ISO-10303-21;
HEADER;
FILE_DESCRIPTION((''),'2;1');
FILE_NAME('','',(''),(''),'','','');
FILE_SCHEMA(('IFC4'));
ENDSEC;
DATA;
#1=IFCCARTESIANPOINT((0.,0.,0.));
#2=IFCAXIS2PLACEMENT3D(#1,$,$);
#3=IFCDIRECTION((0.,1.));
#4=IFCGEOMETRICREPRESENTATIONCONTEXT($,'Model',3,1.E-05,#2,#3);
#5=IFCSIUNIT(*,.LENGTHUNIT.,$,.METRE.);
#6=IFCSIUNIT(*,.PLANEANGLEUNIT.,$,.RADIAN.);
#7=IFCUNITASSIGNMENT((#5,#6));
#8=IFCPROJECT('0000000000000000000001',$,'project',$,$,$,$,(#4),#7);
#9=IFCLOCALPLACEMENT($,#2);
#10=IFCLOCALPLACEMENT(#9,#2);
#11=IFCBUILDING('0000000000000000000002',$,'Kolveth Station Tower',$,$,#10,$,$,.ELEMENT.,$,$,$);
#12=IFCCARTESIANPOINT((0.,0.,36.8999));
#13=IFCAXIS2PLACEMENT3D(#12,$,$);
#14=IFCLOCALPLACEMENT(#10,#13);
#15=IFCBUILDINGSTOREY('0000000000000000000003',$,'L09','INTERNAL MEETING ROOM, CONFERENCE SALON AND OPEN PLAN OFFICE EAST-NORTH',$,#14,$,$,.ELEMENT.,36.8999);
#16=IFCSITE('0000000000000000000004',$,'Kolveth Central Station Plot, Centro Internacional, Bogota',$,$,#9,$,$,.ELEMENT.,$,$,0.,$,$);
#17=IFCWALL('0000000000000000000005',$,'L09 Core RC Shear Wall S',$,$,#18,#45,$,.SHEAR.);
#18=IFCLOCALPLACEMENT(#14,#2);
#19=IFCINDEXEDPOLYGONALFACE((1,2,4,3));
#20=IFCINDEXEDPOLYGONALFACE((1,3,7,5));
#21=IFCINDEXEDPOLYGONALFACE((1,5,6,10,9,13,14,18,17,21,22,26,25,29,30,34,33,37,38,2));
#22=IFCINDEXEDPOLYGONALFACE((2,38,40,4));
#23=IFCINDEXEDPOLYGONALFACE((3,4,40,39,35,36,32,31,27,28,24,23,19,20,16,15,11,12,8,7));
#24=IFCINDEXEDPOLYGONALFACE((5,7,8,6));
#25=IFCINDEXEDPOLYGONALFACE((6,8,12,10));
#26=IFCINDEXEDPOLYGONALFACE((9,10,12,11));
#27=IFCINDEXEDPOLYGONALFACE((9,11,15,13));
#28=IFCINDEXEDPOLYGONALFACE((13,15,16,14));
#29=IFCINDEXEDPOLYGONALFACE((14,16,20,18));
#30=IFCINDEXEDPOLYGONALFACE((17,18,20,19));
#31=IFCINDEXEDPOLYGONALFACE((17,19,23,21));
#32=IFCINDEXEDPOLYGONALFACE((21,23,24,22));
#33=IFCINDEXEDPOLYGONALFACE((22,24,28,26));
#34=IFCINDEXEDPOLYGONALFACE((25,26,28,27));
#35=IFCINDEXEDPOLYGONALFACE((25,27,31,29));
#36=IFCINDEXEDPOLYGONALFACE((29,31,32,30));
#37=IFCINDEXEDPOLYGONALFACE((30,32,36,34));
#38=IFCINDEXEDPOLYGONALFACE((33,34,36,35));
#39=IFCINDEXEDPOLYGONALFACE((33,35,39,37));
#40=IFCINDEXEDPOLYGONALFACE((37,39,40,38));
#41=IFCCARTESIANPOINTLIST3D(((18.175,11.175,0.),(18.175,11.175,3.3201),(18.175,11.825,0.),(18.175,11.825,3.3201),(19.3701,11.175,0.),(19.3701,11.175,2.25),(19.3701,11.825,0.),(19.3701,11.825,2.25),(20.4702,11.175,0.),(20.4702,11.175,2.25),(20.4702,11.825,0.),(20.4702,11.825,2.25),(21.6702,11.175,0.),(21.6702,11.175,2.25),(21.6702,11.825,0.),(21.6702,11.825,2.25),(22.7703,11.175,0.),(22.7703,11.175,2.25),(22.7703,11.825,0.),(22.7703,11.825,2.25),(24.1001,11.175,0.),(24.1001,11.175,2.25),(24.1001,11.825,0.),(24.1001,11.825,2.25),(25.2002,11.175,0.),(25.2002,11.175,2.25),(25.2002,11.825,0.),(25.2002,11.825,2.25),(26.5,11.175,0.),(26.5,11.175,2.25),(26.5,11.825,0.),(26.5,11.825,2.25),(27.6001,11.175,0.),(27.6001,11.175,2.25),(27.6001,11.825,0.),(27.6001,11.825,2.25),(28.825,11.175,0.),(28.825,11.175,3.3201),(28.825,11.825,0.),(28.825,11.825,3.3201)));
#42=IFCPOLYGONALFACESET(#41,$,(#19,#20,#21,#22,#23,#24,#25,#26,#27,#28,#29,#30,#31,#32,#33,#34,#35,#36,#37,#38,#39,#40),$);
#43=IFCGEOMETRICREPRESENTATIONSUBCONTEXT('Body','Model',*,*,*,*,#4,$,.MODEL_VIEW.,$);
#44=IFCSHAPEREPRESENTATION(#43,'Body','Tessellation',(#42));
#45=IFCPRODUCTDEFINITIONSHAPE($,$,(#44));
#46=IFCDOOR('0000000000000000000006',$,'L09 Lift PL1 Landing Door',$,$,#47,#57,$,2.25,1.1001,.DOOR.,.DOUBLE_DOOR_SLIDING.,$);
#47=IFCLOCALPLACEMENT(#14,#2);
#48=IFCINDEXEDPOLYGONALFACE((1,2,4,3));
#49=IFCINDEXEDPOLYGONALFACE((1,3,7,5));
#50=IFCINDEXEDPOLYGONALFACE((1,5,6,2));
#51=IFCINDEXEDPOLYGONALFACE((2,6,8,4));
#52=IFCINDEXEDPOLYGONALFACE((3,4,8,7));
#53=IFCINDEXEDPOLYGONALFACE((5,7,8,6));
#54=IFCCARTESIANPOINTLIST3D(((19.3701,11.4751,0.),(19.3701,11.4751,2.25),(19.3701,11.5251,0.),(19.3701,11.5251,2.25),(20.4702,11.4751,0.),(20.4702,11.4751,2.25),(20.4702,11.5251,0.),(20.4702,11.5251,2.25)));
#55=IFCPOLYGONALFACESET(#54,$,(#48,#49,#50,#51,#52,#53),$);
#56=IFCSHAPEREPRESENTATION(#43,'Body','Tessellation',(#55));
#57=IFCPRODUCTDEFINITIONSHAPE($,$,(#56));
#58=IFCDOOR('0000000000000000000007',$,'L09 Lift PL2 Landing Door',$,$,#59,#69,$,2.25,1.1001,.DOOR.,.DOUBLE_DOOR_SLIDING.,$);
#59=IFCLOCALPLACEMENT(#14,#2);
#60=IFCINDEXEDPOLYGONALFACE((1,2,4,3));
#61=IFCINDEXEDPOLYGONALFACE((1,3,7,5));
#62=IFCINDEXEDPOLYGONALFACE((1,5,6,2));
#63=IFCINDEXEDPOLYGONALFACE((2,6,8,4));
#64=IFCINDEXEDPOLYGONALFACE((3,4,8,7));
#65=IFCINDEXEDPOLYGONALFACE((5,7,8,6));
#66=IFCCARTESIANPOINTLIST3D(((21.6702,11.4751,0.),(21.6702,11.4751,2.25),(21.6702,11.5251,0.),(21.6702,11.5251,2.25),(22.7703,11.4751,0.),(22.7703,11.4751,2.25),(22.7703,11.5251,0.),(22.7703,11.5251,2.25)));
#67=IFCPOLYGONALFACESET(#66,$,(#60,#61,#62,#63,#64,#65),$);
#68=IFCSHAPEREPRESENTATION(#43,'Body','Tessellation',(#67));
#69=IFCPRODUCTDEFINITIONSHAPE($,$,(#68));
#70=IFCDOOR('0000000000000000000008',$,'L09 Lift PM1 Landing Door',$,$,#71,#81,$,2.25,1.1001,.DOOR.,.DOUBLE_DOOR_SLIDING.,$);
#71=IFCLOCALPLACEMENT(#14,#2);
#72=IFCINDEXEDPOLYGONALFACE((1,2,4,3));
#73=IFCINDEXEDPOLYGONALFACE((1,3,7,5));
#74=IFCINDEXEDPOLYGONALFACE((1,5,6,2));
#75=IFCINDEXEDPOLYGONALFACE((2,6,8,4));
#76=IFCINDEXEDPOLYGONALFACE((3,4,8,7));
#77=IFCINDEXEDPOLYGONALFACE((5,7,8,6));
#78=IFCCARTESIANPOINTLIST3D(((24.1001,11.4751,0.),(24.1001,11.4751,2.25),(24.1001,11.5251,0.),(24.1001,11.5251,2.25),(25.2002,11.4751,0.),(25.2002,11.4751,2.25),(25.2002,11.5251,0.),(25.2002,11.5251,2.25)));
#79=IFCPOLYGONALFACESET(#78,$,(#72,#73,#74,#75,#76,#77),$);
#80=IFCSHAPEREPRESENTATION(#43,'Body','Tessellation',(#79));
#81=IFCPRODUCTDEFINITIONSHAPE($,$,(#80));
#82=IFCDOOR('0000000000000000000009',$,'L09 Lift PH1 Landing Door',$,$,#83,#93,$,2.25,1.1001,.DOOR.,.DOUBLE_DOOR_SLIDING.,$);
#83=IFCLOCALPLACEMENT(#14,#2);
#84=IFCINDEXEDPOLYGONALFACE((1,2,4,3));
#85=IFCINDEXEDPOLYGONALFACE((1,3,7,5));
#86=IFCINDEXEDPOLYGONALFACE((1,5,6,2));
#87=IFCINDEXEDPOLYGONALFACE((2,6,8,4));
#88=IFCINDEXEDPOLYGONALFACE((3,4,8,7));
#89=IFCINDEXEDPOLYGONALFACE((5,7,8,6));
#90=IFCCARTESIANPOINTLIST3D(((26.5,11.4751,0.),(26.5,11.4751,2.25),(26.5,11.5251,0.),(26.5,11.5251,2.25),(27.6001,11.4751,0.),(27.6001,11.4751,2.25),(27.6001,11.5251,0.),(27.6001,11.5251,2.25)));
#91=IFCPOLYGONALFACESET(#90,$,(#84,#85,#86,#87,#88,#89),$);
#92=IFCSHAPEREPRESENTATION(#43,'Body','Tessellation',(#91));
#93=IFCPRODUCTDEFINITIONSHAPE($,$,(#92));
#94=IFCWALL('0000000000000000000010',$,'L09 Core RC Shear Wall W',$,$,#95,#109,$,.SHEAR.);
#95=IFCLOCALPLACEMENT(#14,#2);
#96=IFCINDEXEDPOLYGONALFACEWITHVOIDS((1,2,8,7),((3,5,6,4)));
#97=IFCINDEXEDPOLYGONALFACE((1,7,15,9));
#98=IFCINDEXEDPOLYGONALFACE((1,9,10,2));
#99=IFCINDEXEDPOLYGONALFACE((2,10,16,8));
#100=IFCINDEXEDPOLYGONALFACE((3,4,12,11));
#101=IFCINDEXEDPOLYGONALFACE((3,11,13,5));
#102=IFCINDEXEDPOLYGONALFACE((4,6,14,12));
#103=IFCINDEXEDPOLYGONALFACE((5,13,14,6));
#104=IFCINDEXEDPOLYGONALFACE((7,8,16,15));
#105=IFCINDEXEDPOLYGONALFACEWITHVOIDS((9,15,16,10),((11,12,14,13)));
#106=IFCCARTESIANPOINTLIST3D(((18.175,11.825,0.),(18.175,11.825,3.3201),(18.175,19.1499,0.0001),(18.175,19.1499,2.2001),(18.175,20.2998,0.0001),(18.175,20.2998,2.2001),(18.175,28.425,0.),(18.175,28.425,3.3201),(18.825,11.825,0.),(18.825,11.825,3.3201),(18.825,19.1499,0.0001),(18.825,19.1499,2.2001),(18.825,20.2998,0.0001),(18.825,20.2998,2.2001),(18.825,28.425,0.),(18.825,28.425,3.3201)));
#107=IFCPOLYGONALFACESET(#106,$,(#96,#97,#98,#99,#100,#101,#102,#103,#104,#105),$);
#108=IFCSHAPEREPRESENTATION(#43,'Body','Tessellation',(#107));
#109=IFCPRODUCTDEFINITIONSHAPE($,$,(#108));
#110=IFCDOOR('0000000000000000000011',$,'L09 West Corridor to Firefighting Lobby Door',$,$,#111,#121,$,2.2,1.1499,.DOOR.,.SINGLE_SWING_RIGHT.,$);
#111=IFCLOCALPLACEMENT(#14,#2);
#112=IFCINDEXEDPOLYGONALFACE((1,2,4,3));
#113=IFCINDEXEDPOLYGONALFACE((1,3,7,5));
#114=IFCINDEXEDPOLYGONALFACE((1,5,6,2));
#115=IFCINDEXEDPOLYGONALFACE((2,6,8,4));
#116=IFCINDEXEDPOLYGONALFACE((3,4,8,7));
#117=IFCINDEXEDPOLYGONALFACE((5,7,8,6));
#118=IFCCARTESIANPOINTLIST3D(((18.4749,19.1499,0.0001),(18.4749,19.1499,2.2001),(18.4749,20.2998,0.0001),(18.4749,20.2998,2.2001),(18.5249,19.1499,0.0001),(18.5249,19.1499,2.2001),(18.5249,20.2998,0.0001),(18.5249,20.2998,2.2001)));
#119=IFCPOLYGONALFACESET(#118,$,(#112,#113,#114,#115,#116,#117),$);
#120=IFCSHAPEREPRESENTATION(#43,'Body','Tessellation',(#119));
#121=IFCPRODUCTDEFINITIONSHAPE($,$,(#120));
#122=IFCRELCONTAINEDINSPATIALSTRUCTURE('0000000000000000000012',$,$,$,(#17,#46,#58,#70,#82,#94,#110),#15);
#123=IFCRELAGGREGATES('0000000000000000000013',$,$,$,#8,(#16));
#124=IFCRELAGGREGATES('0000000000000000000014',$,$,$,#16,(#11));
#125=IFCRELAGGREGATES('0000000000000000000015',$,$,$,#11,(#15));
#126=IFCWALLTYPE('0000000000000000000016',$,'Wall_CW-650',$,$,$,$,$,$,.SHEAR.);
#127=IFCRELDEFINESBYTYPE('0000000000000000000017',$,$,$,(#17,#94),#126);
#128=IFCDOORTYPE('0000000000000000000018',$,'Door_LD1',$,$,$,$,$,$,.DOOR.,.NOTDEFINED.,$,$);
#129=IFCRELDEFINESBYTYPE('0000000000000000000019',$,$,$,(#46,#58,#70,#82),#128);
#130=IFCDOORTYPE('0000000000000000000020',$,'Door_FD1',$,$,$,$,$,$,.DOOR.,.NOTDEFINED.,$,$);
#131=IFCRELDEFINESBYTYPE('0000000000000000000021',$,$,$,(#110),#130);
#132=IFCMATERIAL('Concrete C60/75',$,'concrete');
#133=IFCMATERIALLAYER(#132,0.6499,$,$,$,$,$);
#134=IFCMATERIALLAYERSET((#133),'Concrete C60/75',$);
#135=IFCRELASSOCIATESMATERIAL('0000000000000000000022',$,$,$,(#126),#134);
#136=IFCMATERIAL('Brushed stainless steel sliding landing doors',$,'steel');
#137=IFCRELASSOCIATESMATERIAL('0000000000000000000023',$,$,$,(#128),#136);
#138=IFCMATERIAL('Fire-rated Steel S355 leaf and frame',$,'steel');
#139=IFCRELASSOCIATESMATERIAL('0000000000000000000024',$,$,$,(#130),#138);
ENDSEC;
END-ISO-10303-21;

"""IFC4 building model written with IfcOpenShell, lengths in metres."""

from ifc_helpers import new_model, si_unit, direction, frame, frame_2d, origin, place, context, subcontext, project, spatial, rectangle, extrude, material, layer, layer_set, type_object, element, fill, save


model = new_model("IFC4")

# Units and contexts
model_context = context("Model", 3, precision=1e-05, world=origin(), true_north=direction((0.0, 1.0)))
body_context = subcontext(model_context, "Body", "Model", "MODEL_VIEW")
ifc_project = project(units=[si_unit("LENGTHUNIT", "METRE"), si_unit("PLANEANGLEUNIT", "RADIAN")], contexts=[model_context])

# Site, building, storey
site_placement = place(None, origin())
site = spatial("IfcSite", under=ifc_project, at=site_placement, Name="Kolveth Central Station Plot, Centro Internacional, Bogota", CompositionType="ELEMENT", RefElevation=0.0)
building_placement = place(site_placement, origin())
building = spatial("IfcBuilding", under=site, at=building_placement, Name="Kolveth Station Tower", CompositionType="ELEMENT")
storey_placement = place(building_placement, frame((0.0, 0.0, 36.8999)))
storey = spatial("IfcBuildingStorey", under=building, at=storey_placement, Name="L09", Description="INTERNAL MEETING ROOM, CONFERENCE SALON AND OPEN PLAN OFFICE EAST-NORTH", CompositionType="ELEMENT", Elevation=36.8999)

# Wall, openings, doors
ifc_material_1 = material(Name="Concrete C60/75", Category="concrete")
ifc_layer_1 = layer(ifc_material_1, 0.6499)
ifc_layer_set_1 = layer_set([ifc_layer_1], Name="Concrete C60/75")
wall_type_1 = type_object("IfcWallType", Name="Wall_CW-650", PredefinedType="SHEAR", material=ifc_layer_set_1)
wall_1_placement = place(storey_placement, frame((18.175, 11.5, 0.0), z_axis=(0.0, 0.0, 1.0), x_axis=(1.0, 0.0, 0.0)))
wall_1 = element("IfcWall", 1, at=wall_1_placement, inside=storey, type_object=wall_type_1, Name="L09 Core RC Shear Wall S", PredefinedType="SHEAR", context=body_context, shape_type="SweptSolid", body=[
    extrude(rectangle(XDim=10.6499, YDim=0.6499, at=frame_2d((5.325, 0.0))), origin(), (0.0, 0.0, 1.0), 3.3201),
])
opening_1_placement = place(wall_1_placement, frame((1.1951, 0.0, 0.0)))
opening_1 = element("IfcOpeningElement", 2, at=opening_1_placement, cuts=wall_1, PredefinedType="OPENING", context=body_context, shape_type="SweptSolid", body=[
    extrude(rectangle(XDim=1.1001, YDim=2.25, at=frame_2d((0.55, 1.125))), frame((0.0, 0.335, 0.0), z_axis=(0.0, -1.0, 0.0), x_axis=(1.0, 0.0, 0.0)), (0.0, 0.0, 1.0), 0.6699),
])
opening_2_placement = place(wall_1_placement, frame((3.4951, 0.0, 0.0)))
opening_2 = element("IfcOpeningElement", 3, at=opening_2_placement, cuts=wall_1, PredefinedType="OPENING", context=body_context, shape_type="SweptSolid", body=[
    extrude(rectangle(XDim=1.1001, YDim=2.25, at=frame_2d((0.55, 1.125))), frame((0.0, 0.335, 0.0), z_axis=(0.0, -1.0, 0.0), x_axis=(1.0, 0.0, 0.0)), (0.0, 0.0, 1.0), 0.6699),
])
opening_3_placement = place(wall_1_placement, frame((5.925, 0.0, 0.0)))
opening_3 = element("IfcOpeningElement", 4, at=opening_3_placement, cuts=wall_1, PredefinedType="OPENING", context=body_context, shape_type="SweptSolid", body=[
    extrude(rectangle(XDim=1.1001, YDim=2.25, at=frame_2d((0.55, 1.125))), frame((0.0, 0.335, 0.0), z_axis=(0.0, -1.0, 0.0), x_axis=(1.0, 0.0, 0.0)), (0.0, 0.0, 1.0), 0.6699),
])
opening_4_placement = place(wall_1_placement, frame((8.325, 0.0, 0.0)))
opening_4 = element("IfcOpeningElement", 5, at=opening_4_placement, cuts=wall_1, PredefinedType="OPENING", context=body_context, shape_type="SweptSolid", body=[
    extrude(rectangle(XDim=1.1001, YDim=2.25, at=frame_2d((0.55, 1.125))), frame((0.0, 0.335, 0.0), z_axis=(0.0, -1.0, 0.0), x_axis=(1.0, 0.0, 0.0)), (0.0, 0.0, 1.0), 0.6699),
])
ifc_material_2 = material(Name="Brushed stainless steel sliding landing doors", Category="steel")
door_type_1 = type_object("IfcDoorType", Name="Door_LD1", OperationType="NOTDEFINED", PredefinedType="DOOR", material=ifc_material_2)
door_1_placement = place(opening_1_placement, frame((1.1001, 0.0, 0.0), z_axis=(0.0, 0.0, 1.0), x_axis=(-1.0, 0.0, 0.0)))
door_1 = element("IfcDoor", 6, at=door_1_placement, inside=storey, type_object=door_type_1, Name="L09 Lift PL1 Landing Door", OperationType="DOUBLE_DOOR_SLIDING", OverallHeight=2.25, OverallWidth=1.1001, PredefinedType="DOOR", context=body_context, shape_type="SweptSolid", body=[
    extrude(rectangle(XDim=1.1001, YDim=2.25, at=frame_2d((0.55, 1.125))), frame((0.0, 0.0249, 0.0), z_axis=(0.0, -1.0, 0.0), x_axis=(1.0, 0.0, 0.0)), (0.0, 0.0, 1.0), 0.05),
])
fill(opening_1, door_1)
door_2_placement = place(opening_2_placement, frame((1.1001, 0.0, 0.0), z_axis=(0.0, 0.0, 1.0), x_axis=(-1.0, 0.0, 0.0)))
door_2 = element("IfcDoor", 7, at=door_2_placement, inside=storey, type_object=door_type_1, Name="L09 Lift PL2 Landing Door", OperationType="DOUBLE_DOOR_SLIDING", OverallHeight=2.25, OverallWidth=1.1001, PredefinedType="DOOR", context=body_context, shape_type="SweptSolid", body=[
    extrude(rectangle(XDim=1.1001, YDim=2.25, at=frame_2d((0.55, 1.125))), frame((0.0, 0.0249, 0.0), z_axis=(0.0, -1.0, 0.0), x_axis=(1.0, 0.0, 0.0)), (0.0, 0.0, 1.0), 0.05),
])
fill(opening_2, door_2)
door_3_placement = place(opening_3_placement, frame((1.1001, 0.0, 0.0), z_axis=(0.0, 0.0, 1.0), x_axis=(-1.0, 0.0, 0.0)))
door_3 = element("IfcDoor", 8, at=door_3_placement, inside=storey, type_object=door_type_1, Name="L09 Lift PM1 Landing Door", OperationType="DOUBLE_DOOR_SLIDING", OverallHeight=2.25, OverallWidth=1.1001, PredefinedType="DOOR", context=body_context, shape_type="SweptSolid", body=[
    extrude(rectangle(XDim=1.1001, YDim=2.25, at=frame_2d((0.55, 1.125))), frame((0.0, 0.0249, 0.0), z_axis=(0.0, -1.0, 0.0), x_axis=(1.0, 0.0, 0.0)), (0.0, 0.0, 1.0), 0.05),
])
fill(opening_3, door_3)
door_4_placement = place(opening_4_placement, frame((1.1001, 0.0, 0.0), z_axis=(0.0, 0.0, 1.0), x_axis=(-1.0, 0.0, 0.0)))
door_4 = element("IfcDoor", 9, at=door_4_placement, inside=storey, type_object=door_type_1, Name="L09 Lift PH1 Landing Door", OperationType="DOUBLE_DOOR_SLIDING", OverallHeight=2.25, OverallWidth=1.1001, PredefinedType="DOOR", context=body_context, shape_type="SweptSolid", body=[
    extrude(rectangle(XDim=1.1001, YDim=2.25, at=frame_2d((0.55, 1.125))), frame((0.0, 0.0249, 0.0), z_axis=(0.0, -1.0, 0.0), x_axis=(1.0, 0.0, 0.0)), (0.0, 0.0, 1.0), 0.05),
])
fill(opening_4, door_4)

# Wall, opening, door
wall_2_placement = place(storey_placement, frame((18.5, 11.825, 0.0), z_axis=(0.0, 0.0, 1.0), x_axis=(0.0, 1.0, 0.0)))
wall_2 = element("IfcWall", 10, at=wall_2_placement, inside=storey, type_object=wall_type_1, Name="L09 Core RC Shear Wall W", PredefinedType="SHEAR", context=body_context, shape_type="SweptSolid", body=[
    extrude(rectangle(XDim=16.6001, YDim=0.6499, at=frame_2d((8.3, 0.0))), origin(), (0.0, 0.0, 1.0), 3.3201),
])
opening_5_placement = place(wall_2_placement, frame((7.325, 0.0, 0.0)))
opening_5 = element("IfcOpeningElement", 11, at=opening_5_placement, cuts=wall_2, PredefinedType="OPENING", context=body_context, shape_type="SweptSolid", body=[
    extrude(rectangle(XDim=1.1499, YDim=2.2, at=frame_2d((0.575, 1.1001))), frame((0.0, 0.335, 0.0), z_axis=(0.0, -1.0, 0.0), x_axis=(1.0, 0.0, 0.0)), (0.0, 0.0, 1.0), 0.6699),
])
ifc_material_3 = material(Name="Fire-rated Steel S355 leaf and frame", Category="steel")
door_type_2 = type_object("IfcDoorType", Name="Door_FD1", OperationType="NOTDEFINED", PredefinedType="DOOR", material=ifc_material_3)
door_5_placement = place(opening_5_placement, frame((1.1499, 0.0, 0.0), z_axis=(0.0, 0.0, 1.0), x_axis=(-1.0, 0.0, 0.0)))
door_5 = element("IfcDoor", 12, at=door_5_placement, inside=storey, type_object=door_type_2, Name="L09 West Corridor to Firefighting Lobby Door", OperationType="SINGLE_SWING_RIGHT", OverallHeight=2.2, OverallWidth=1.1499, PredefinedType="DOOR", context=body_context, shape_type="SweptSolid", body=[
    extrude(rectangle(XDim=1.1499, YDim=2.2, at=frame_2d((0.575, 1.1001))), frame((0.0, 0.0249, 0.0), z_axis=(0.0, -1.0, 0.0), x_axis=(1.0, 0.0, 0.0)), (0.0, 0.0, 1.0), 0.05),
])
fill(opening_5, door_5)

save(model, "model.ifc")
